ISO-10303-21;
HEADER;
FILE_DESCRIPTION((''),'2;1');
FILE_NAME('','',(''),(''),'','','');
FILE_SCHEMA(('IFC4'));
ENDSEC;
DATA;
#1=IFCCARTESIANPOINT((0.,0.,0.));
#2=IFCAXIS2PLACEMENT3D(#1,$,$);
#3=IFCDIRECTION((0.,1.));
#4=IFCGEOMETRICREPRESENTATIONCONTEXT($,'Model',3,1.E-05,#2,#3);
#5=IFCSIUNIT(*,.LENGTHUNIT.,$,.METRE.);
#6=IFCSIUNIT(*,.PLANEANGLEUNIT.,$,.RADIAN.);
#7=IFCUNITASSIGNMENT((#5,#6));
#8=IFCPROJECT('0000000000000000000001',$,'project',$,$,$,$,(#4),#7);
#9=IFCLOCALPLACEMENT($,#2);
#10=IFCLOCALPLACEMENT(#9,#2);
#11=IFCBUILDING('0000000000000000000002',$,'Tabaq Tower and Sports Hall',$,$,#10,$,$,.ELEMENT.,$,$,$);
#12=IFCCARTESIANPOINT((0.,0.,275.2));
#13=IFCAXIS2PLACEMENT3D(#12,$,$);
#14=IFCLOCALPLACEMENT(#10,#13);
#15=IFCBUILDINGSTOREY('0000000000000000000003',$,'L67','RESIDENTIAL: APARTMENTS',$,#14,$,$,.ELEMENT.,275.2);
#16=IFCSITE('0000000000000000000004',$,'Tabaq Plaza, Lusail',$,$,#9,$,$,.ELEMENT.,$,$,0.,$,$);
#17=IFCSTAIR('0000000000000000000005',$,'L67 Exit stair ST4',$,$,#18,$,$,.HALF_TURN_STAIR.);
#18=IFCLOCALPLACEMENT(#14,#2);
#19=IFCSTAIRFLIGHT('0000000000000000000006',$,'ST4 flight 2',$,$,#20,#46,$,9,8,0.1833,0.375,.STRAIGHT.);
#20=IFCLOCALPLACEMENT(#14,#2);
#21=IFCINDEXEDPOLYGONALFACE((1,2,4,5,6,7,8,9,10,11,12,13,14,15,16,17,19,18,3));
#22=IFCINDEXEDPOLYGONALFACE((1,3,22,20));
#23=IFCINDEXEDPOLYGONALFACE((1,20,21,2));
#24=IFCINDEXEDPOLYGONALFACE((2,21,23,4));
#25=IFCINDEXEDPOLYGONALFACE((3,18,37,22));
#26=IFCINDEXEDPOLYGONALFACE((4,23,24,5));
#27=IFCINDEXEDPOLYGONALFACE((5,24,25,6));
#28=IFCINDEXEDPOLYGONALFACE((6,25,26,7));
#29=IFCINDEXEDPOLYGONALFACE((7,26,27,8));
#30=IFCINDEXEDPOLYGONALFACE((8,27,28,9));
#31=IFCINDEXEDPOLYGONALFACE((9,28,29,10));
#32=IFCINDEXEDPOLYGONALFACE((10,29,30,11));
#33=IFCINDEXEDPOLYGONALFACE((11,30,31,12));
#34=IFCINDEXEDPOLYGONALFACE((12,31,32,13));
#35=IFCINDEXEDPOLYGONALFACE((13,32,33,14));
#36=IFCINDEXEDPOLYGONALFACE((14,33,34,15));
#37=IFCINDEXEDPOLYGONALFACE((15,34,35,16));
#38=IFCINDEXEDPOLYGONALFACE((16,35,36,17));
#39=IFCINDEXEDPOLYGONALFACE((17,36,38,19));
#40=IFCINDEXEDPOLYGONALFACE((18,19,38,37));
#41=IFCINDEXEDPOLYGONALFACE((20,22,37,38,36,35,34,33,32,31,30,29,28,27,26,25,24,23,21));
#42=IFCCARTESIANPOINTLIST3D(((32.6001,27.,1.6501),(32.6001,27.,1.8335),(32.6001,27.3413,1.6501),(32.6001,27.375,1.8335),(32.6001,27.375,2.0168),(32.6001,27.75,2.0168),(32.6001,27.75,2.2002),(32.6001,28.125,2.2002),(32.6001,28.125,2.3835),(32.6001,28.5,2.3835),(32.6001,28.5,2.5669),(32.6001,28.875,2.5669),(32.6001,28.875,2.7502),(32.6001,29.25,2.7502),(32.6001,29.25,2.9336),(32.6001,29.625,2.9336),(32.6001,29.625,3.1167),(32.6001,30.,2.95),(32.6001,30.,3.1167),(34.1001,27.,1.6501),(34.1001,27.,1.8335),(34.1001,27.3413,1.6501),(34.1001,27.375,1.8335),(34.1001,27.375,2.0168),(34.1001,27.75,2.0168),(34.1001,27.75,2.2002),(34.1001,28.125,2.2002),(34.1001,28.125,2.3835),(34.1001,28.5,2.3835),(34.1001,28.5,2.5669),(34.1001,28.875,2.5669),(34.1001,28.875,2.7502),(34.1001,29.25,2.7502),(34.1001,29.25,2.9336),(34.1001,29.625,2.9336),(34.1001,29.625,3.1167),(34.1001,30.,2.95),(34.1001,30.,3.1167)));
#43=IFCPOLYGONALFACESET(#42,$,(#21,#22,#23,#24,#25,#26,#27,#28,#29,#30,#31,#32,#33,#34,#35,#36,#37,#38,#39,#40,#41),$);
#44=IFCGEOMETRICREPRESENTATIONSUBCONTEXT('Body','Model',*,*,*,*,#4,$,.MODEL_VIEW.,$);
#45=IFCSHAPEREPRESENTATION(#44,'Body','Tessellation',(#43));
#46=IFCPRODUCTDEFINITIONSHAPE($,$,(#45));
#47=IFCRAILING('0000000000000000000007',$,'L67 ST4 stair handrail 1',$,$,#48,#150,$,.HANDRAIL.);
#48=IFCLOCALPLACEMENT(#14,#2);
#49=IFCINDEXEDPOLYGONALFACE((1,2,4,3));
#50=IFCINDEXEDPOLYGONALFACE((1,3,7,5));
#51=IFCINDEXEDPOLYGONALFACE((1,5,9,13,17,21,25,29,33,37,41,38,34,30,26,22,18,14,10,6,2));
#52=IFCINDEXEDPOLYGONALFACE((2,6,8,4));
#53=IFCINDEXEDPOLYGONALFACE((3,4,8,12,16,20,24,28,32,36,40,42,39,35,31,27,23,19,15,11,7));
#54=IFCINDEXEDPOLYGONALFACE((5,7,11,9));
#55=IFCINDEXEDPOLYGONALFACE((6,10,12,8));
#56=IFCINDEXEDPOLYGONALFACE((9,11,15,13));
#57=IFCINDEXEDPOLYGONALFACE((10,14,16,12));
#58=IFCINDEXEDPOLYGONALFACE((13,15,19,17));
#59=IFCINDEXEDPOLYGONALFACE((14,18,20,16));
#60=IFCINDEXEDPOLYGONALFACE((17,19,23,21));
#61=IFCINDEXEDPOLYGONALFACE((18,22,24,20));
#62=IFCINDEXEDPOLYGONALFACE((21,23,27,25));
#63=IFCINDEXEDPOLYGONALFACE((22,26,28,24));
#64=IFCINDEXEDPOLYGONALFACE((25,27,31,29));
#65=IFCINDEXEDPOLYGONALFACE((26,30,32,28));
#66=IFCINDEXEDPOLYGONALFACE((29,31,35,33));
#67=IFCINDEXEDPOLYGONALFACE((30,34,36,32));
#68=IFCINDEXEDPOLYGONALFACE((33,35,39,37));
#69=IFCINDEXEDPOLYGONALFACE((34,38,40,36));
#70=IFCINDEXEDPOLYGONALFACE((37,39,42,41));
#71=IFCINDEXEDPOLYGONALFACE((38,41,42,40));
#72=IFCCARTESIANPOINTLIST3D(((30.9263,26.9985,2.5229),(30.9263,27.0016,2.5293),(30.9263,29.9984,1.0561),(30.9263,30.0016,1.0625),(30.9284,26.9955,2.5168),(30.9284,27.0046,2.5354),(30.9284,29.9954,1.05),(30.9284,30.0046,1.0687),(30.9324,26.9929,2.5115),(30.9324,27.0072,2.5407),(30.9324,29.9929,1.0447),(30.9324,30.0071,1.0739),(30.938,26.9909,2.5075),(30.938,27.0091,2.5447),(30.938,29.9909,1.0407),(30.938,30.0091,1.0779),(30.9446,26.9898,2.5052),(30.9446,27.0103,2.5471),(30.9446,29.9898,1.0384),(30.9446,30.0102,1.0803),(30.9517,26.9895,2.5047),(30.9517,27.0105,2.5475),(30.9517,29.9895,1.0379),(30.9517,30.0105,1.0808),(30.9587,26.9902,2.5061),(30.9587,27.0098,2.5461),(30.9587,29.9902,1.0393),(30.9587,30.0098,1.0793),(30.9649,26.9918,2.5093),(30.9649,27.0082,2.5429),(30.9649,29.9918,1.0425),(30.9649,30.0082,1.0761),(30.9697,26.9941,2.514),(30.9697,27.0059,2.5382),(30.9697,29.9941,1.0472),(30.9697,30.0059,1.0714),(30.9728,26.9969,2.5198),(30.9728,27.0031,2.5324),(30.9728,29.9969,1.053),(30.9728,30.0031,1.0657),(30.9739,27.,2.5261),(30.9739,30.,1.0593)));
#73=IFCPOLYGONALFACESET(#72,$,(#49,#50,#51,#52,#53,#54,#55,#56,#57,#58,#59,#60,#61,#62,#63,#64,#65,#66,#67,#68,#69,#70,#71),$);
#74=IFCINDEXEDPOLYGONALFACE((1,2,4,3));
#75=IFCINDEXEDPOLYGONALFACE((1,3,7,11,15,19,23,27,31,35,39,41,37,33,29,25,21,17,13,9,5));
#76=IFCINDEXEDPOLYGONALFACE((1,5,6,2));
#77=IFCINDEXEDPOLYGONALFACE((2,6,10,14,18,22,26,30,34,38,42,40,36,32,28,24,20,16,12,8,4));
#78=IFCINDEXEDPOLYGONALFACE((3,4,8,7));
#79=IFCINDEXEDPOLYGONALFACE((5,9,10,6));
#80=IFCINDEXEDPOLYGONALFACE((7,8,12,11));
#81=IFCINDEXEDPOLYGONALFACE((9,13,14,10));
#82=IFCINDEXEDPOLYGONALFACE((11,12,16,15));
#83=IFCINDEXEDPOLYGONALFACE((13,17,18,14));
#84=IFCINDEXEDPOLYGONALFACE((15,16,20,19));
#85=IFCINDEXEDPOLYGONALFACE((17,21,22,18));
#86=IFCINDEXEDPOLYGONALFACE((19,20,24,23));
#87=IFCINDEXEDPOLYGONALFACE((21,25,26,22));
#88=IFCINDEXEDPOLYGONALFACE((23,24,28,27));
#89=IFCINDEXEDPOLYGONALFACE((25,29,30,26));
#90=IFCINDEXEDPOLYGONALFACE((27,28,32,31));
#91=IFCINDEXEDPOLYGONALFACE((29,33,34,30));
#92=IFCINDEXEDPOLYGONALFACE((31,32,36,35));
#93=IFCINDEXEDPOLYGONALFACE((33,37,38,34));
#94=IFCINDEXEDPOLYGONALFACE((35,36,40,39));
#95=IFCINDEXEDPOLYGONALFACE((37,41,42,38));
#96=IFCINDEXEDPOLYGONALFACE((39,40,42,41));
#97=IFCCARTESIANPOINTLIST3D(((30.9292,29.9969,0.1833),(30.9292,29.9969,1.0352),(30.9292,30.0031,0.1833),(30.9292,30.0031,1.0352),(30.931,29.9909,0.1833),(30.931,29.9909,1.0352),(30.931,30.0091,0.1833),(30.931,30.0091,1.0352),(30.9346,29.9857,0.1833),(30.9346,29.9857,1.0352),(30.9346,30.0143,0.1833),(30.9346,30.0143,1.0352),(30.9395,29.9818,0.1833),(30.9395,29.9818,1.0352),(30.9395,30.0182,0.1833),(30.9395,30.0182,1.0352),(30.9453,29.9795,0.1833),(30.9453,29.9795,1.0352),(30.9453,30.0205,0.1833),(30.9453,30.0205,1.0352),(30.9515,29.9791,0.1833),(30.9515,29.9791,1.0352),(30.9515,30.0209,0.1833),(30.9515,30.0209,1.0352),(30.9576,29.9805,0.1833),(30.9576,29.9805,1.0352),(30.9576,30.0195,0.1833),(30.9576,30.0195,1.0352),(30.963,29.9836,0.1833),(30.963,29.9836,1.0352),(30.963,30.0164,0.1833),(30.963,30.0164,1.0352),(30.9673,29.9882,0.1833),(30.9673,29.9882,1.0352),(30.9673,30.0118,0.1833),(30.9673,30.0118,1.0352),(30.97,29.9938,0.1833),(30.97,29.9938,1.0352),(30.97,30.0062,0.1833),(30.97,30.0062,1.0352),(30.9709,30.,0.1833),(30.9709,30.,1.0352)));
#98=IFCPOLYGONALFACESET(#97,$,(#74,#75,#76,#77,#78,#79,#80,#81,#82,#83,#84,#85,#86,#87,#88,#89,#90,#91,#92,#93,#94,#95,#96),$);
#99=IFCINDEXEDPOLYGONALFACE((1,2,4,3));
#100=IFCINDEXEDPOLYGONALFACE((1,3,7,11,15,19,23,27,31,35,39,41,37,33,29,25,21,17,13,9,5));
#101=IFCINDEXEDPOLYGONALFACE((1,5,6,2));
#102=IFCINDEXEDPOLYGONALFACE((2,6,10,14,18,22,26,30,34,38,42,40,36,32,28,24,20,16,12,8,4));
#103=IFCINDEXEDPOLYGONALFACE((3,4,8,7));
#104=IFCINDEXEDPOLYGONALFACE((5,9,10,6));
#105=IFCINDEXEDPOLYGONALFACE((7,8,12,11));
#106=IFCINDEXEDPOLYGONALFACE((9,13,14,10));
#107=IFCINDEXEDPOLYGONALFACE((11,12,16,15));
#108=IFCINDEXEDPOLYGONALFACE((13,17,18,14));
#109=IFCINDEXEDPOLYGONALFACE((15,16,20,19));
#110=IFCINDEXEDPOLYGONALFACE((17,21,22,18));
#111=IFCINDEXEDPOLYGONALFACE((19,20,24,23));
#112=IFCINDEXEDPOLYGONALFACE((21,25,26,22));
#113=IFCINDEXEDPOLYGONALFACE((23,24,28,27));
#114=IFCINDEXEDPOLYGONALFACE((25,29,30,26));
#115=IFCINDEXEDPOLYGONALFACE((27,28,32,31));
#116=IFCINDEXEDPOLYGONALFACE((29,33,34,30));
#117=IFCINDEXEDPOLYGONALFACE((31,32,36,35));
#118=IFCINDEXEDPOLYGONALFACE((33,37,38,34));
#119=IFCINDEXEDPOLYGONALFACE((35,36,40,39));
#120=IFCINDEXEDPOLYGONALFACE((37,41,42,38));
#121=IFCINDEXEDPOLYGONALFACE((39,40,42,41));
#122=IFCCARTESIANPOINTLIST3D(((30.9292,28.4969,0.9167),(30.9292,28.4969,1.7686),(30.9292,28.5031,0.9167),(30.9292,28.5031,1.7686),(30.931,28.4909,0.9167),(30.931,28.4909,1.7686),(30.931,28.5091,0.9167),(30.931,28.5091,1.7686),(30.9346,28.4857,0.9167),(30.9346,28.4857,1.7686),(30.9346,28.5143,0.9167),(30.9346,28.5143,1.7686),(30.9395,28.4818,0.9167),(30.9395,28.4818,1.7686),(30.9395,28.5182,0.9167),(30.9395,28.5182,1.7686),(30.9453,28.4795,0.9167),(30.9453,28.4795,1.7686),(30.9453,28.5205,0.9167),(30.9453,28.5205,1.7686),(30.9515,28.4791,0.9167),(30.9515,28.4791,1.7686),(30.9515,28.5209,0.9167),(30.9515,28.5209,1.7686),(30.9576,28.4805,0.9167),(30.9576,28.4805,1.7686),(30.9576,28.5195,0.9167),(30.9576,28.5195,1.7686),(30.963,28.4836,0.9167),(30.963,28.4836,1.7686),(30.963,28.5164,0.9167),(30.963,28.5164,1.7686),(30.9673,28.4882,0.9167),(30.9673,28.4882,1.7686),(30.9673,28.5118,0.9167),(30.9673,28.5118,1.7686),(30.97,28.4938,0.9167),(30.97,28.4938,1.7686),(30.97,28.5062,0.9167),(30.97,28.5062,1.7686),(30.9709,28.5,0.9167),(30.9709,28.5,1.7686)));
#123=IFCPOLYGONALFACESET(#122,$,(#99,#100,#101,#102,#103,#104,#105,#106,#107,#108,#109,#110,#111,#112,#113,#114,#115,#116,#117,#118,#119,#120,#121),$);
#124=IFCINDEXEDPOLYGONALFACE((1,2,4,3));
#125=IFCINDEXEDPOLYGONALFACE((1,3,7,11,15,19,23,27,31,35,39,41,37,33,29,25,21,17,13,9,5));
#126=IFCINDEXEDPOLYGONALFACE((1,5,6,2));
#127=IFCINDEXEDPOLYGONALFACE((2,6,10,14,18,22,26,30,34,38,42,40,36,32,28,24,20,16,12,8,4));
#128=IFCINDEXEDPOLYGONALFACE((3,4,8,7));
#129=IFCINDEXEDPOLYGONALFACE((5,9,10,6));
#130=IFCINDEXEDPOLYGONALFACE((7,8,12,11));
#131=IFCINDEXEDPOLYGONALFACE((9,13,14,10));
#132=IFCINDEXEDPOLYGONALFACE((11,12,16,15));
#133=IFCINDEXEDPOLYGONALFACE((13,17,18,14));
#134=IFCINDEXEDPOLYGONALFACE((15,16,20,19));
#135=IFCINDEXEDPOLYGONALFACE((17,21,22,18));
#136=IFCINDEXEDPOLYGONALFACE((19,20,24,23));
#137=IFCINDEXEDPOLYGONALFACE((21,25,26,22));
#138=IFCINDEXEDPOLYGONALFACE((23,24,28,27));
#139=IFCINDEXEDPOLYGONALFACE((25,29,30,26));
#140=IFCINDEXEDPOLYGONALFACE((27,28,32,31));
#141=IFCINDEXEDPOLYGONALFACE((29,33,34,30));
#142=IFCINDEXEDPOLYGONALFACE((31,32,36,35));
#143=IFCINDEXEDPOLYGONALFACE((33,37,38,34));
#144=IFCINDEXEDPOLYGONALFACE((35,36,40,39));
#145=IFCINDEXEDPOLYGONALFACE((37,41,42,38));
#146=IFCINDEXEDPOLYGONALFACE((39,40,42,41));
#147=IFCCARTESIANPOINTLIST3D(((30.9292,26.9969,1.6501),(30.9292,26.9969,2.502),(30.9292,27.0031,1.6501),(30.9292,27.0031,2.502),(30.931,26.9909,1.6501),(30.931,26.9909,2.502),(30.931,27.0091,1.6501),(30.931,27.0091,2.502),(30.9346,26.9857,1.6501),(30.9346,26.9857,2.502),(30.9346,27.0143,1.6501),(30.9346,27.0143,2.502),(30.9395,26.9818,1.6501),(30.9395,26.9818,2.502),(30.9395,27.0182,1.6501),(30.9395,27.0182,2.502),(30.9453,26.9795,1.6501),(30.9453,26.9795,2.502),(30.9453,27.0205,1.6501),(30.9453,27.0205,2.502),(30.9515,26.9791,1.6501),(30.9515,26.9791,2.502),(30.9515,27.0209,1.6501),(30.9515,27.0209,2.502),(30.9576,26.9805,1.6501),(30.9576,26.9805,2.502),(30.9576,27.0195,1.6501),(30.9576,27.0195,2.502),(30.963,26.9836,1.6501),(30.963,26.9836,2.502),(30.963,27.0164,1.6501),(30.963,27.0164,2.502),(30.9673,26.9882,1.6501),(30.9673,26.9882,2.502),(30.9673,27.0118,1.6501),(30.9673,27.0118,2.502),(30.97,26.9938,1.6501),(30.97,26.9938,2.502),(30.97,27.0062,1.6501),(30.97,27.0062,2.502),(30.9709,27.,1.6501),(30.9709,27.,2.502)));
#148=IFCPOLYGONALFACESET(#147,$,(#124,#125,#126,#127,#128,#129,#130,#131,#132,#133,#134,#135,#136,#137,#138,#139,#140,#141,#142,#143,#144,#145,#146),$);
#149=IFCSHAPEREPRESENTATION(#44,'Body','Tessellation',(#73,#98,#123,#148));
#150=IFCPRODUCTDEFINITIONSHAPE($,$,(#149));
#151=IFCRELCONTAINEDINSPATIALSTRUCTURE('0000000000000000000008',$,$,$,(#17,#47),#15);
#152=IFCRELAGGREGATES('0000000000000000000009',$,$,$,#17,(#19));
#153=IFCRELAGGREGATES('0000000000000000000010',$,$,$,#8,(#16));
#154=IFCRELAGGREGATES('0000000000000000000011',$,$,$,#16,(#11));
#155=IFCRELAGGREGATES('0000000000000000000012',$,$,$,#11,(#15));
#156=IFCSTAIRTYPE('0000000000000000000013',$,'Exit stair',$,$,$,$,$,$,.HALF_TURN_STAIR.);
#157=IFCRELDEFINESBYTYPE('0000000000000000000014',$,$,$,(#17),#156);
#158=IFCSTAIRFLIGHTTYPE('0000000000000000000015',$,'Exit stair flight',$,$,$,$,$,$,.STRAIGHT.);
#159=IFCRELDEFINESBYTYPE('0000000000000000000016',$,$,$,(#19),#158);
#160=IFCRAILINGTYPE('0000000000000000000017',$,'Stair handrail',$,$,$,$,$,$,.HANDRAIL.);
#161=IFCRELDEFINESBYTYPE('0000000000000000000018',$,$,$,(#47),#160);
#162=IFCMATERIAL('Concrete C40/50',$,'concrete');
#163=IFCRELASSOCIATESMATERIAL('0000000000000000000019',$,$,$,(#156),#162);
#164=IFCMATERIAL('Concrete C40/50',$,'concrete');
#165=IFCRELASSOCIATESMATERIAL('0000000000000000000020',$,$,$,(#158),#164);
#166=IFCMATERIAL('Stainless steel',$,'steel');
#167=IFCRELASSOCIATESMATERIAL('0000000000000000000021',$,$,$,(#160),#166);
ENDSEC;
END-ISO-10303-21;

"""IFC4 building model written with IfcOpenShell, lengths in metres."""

from ifc_helpers import new_model, si_unit, direction, frame, origin, origin_2d, place, context, subcontext, project, spatial, polyline, circle, outline, extrude, material, type_object, element, aggregate, save


model = new_model("IFC4")

# Units and contexts
model_context = context("Model", 3, precision=1e-05, world=origin(), true_north=direction((0.0, 1.0)))
body_context = subcontext(model_context, "Body", "Model", "MODEL_VIEW")
ifc_project = project(units=[si_unit("LENGTHUNIT", "METRE"), si_unit("PLANEANGLEUNIT", "RADIAN")], contexts=[model_context])

# Site, building, storey
site_placement = place(None, origin())
site = spatial("IfcSite", under=ifc_project, at=site_placement, Name="Tabaq Plaza, Lusail", CompositionType="ELEMENT", RefElevation=0.0)
building_placement = place(site_placement, origin())
building = spatial("IfcBuilding", under=site, at=building_placement, Name="Tabaq Tower and Sports Hall", CompositionType="ELEMENT")
storey_placement = place(building_placement, frame((0.0, 0.0, 275.2)))
storey = spatial("IfcBuildingStorey", under=building, at=storey_placement, Name="L67", Description="RESIDENTIAL: APARTMENTS", CompositionType="ELEMENT", Elevation=275.2)

# Stair, stair flight
ifc_material_1 = material(Name="Concrete C40/50", Category="concrete")
stair_type = type_object("IfcStairType", Name="Exit stair", PredefinedType="HALF_TURN_STAIR", material=ifc_material_1)
stair_placement = place(storey_placement, origin())
stair = element("IfcStair", 1, at=stair_placement, inside=storey, type_object=stair_type, Name="L67 Exit stair ST4", PredefinedType="HALF_TURN_STAIR")
ifc_material_2 = material(Name="Concrete C40/50", Category="concrete")
stair_flight_type = type_object("IfcStairFlightType", Name="Exit stair flight", PredefinedType="STRAIGHT", material=ifc_material_2)
stair_flight_1_placement = place(storey_placement, frame((33.3501, 27.0, 1.6501), z_axis=(0.0, 0.0, 1.0), x_axis=(0.0, 1.0, 0.0)))
stair_flight_1 = element("IfcStairFlight", 2, at=stair_flight_1_placement, type_object=stair_flight_type, Name="ST4 flight 2", NumberOfRisers=9, NumberOfTreads=8, PredefinedType="STRAIGHT", RiserHeight=0.1833, TreadLength=0.375, context=body_context, shape_type="SweptSolid", body=[
    extrude(outline(polyline([(0.0, 0.0), (0.0, 0.1833), (0.375, 0.1833), (0.375, 0.3667), (0.75, 0.3667), (0.75, 0.55), (1.125, 0.55), (1.125, 0.7334), (1.5, 0.7334), (1.5, 0.9167), (1.875, 0.9167), (1.875, 1.1001), (2.25, 1.1001), (2.25, 1.2834), (2.625, 1.2834), (2.625, 1.4666), (3.0, 1.4666), (3.0, 1.6499), (3.0, 1.2998), (0.3413, 0.0), (0.0, 0.0)])), frame((0.0, 0.75, 0.0), z_axis=(0.0, -1.0, 0.0), x_axis=(1.0, 0.0, 0.0)), (0.0, 0.0, 1.0), 1.5),
])
aggregate(stair, [stair_flight_1])

# Railing
ifc_material_3 = material(Name="Stainless steel", Category="steel")
railing_type_1 = type_object("IfcRailingType", Name="Stair handrail", PredefinedType="HANDRAIL", material=ifc_material_3)
railing_1_placement = place(storey_placement, frame((30.95, 30.0, 0.1833)))
element("IfcRailing", 3, at=railing_1_placement, inside=storey, type_object=railing_type_1, Name="L67 ST4 stair handrail 1", PredefinedType="HANDRAIL", context=body_context, shape_type="SweptSolid", body=[
    extrude(circle(Radius=0.0239, at=origin_2d()), frame((0.0, 0.0, 0.876), z_axis=(0.0, -0.898369, 0.439242), x_axis=(1.0, 0.0, 0.0)), (0.0, 0.0, 1.0), 3.3394),
    extrude(circle(Radius=0.021, at=origin_2d()), origin(), (0.0, 0.0, 1.0), 0.8518),
    extrude(circle(Radius=0.021, at=origin_2d()), frame((0.0, -1.5, 0.7334)), (0.0, 0.0, 1.0), 0.8518),
    extrude(circle(Radius=0.021, at=origin_2d()), frame((0.0, -3.0, 1.4668)), (0.0, 0.0, 1.0), 0.8518),
])

save(model, "model.ifc")
